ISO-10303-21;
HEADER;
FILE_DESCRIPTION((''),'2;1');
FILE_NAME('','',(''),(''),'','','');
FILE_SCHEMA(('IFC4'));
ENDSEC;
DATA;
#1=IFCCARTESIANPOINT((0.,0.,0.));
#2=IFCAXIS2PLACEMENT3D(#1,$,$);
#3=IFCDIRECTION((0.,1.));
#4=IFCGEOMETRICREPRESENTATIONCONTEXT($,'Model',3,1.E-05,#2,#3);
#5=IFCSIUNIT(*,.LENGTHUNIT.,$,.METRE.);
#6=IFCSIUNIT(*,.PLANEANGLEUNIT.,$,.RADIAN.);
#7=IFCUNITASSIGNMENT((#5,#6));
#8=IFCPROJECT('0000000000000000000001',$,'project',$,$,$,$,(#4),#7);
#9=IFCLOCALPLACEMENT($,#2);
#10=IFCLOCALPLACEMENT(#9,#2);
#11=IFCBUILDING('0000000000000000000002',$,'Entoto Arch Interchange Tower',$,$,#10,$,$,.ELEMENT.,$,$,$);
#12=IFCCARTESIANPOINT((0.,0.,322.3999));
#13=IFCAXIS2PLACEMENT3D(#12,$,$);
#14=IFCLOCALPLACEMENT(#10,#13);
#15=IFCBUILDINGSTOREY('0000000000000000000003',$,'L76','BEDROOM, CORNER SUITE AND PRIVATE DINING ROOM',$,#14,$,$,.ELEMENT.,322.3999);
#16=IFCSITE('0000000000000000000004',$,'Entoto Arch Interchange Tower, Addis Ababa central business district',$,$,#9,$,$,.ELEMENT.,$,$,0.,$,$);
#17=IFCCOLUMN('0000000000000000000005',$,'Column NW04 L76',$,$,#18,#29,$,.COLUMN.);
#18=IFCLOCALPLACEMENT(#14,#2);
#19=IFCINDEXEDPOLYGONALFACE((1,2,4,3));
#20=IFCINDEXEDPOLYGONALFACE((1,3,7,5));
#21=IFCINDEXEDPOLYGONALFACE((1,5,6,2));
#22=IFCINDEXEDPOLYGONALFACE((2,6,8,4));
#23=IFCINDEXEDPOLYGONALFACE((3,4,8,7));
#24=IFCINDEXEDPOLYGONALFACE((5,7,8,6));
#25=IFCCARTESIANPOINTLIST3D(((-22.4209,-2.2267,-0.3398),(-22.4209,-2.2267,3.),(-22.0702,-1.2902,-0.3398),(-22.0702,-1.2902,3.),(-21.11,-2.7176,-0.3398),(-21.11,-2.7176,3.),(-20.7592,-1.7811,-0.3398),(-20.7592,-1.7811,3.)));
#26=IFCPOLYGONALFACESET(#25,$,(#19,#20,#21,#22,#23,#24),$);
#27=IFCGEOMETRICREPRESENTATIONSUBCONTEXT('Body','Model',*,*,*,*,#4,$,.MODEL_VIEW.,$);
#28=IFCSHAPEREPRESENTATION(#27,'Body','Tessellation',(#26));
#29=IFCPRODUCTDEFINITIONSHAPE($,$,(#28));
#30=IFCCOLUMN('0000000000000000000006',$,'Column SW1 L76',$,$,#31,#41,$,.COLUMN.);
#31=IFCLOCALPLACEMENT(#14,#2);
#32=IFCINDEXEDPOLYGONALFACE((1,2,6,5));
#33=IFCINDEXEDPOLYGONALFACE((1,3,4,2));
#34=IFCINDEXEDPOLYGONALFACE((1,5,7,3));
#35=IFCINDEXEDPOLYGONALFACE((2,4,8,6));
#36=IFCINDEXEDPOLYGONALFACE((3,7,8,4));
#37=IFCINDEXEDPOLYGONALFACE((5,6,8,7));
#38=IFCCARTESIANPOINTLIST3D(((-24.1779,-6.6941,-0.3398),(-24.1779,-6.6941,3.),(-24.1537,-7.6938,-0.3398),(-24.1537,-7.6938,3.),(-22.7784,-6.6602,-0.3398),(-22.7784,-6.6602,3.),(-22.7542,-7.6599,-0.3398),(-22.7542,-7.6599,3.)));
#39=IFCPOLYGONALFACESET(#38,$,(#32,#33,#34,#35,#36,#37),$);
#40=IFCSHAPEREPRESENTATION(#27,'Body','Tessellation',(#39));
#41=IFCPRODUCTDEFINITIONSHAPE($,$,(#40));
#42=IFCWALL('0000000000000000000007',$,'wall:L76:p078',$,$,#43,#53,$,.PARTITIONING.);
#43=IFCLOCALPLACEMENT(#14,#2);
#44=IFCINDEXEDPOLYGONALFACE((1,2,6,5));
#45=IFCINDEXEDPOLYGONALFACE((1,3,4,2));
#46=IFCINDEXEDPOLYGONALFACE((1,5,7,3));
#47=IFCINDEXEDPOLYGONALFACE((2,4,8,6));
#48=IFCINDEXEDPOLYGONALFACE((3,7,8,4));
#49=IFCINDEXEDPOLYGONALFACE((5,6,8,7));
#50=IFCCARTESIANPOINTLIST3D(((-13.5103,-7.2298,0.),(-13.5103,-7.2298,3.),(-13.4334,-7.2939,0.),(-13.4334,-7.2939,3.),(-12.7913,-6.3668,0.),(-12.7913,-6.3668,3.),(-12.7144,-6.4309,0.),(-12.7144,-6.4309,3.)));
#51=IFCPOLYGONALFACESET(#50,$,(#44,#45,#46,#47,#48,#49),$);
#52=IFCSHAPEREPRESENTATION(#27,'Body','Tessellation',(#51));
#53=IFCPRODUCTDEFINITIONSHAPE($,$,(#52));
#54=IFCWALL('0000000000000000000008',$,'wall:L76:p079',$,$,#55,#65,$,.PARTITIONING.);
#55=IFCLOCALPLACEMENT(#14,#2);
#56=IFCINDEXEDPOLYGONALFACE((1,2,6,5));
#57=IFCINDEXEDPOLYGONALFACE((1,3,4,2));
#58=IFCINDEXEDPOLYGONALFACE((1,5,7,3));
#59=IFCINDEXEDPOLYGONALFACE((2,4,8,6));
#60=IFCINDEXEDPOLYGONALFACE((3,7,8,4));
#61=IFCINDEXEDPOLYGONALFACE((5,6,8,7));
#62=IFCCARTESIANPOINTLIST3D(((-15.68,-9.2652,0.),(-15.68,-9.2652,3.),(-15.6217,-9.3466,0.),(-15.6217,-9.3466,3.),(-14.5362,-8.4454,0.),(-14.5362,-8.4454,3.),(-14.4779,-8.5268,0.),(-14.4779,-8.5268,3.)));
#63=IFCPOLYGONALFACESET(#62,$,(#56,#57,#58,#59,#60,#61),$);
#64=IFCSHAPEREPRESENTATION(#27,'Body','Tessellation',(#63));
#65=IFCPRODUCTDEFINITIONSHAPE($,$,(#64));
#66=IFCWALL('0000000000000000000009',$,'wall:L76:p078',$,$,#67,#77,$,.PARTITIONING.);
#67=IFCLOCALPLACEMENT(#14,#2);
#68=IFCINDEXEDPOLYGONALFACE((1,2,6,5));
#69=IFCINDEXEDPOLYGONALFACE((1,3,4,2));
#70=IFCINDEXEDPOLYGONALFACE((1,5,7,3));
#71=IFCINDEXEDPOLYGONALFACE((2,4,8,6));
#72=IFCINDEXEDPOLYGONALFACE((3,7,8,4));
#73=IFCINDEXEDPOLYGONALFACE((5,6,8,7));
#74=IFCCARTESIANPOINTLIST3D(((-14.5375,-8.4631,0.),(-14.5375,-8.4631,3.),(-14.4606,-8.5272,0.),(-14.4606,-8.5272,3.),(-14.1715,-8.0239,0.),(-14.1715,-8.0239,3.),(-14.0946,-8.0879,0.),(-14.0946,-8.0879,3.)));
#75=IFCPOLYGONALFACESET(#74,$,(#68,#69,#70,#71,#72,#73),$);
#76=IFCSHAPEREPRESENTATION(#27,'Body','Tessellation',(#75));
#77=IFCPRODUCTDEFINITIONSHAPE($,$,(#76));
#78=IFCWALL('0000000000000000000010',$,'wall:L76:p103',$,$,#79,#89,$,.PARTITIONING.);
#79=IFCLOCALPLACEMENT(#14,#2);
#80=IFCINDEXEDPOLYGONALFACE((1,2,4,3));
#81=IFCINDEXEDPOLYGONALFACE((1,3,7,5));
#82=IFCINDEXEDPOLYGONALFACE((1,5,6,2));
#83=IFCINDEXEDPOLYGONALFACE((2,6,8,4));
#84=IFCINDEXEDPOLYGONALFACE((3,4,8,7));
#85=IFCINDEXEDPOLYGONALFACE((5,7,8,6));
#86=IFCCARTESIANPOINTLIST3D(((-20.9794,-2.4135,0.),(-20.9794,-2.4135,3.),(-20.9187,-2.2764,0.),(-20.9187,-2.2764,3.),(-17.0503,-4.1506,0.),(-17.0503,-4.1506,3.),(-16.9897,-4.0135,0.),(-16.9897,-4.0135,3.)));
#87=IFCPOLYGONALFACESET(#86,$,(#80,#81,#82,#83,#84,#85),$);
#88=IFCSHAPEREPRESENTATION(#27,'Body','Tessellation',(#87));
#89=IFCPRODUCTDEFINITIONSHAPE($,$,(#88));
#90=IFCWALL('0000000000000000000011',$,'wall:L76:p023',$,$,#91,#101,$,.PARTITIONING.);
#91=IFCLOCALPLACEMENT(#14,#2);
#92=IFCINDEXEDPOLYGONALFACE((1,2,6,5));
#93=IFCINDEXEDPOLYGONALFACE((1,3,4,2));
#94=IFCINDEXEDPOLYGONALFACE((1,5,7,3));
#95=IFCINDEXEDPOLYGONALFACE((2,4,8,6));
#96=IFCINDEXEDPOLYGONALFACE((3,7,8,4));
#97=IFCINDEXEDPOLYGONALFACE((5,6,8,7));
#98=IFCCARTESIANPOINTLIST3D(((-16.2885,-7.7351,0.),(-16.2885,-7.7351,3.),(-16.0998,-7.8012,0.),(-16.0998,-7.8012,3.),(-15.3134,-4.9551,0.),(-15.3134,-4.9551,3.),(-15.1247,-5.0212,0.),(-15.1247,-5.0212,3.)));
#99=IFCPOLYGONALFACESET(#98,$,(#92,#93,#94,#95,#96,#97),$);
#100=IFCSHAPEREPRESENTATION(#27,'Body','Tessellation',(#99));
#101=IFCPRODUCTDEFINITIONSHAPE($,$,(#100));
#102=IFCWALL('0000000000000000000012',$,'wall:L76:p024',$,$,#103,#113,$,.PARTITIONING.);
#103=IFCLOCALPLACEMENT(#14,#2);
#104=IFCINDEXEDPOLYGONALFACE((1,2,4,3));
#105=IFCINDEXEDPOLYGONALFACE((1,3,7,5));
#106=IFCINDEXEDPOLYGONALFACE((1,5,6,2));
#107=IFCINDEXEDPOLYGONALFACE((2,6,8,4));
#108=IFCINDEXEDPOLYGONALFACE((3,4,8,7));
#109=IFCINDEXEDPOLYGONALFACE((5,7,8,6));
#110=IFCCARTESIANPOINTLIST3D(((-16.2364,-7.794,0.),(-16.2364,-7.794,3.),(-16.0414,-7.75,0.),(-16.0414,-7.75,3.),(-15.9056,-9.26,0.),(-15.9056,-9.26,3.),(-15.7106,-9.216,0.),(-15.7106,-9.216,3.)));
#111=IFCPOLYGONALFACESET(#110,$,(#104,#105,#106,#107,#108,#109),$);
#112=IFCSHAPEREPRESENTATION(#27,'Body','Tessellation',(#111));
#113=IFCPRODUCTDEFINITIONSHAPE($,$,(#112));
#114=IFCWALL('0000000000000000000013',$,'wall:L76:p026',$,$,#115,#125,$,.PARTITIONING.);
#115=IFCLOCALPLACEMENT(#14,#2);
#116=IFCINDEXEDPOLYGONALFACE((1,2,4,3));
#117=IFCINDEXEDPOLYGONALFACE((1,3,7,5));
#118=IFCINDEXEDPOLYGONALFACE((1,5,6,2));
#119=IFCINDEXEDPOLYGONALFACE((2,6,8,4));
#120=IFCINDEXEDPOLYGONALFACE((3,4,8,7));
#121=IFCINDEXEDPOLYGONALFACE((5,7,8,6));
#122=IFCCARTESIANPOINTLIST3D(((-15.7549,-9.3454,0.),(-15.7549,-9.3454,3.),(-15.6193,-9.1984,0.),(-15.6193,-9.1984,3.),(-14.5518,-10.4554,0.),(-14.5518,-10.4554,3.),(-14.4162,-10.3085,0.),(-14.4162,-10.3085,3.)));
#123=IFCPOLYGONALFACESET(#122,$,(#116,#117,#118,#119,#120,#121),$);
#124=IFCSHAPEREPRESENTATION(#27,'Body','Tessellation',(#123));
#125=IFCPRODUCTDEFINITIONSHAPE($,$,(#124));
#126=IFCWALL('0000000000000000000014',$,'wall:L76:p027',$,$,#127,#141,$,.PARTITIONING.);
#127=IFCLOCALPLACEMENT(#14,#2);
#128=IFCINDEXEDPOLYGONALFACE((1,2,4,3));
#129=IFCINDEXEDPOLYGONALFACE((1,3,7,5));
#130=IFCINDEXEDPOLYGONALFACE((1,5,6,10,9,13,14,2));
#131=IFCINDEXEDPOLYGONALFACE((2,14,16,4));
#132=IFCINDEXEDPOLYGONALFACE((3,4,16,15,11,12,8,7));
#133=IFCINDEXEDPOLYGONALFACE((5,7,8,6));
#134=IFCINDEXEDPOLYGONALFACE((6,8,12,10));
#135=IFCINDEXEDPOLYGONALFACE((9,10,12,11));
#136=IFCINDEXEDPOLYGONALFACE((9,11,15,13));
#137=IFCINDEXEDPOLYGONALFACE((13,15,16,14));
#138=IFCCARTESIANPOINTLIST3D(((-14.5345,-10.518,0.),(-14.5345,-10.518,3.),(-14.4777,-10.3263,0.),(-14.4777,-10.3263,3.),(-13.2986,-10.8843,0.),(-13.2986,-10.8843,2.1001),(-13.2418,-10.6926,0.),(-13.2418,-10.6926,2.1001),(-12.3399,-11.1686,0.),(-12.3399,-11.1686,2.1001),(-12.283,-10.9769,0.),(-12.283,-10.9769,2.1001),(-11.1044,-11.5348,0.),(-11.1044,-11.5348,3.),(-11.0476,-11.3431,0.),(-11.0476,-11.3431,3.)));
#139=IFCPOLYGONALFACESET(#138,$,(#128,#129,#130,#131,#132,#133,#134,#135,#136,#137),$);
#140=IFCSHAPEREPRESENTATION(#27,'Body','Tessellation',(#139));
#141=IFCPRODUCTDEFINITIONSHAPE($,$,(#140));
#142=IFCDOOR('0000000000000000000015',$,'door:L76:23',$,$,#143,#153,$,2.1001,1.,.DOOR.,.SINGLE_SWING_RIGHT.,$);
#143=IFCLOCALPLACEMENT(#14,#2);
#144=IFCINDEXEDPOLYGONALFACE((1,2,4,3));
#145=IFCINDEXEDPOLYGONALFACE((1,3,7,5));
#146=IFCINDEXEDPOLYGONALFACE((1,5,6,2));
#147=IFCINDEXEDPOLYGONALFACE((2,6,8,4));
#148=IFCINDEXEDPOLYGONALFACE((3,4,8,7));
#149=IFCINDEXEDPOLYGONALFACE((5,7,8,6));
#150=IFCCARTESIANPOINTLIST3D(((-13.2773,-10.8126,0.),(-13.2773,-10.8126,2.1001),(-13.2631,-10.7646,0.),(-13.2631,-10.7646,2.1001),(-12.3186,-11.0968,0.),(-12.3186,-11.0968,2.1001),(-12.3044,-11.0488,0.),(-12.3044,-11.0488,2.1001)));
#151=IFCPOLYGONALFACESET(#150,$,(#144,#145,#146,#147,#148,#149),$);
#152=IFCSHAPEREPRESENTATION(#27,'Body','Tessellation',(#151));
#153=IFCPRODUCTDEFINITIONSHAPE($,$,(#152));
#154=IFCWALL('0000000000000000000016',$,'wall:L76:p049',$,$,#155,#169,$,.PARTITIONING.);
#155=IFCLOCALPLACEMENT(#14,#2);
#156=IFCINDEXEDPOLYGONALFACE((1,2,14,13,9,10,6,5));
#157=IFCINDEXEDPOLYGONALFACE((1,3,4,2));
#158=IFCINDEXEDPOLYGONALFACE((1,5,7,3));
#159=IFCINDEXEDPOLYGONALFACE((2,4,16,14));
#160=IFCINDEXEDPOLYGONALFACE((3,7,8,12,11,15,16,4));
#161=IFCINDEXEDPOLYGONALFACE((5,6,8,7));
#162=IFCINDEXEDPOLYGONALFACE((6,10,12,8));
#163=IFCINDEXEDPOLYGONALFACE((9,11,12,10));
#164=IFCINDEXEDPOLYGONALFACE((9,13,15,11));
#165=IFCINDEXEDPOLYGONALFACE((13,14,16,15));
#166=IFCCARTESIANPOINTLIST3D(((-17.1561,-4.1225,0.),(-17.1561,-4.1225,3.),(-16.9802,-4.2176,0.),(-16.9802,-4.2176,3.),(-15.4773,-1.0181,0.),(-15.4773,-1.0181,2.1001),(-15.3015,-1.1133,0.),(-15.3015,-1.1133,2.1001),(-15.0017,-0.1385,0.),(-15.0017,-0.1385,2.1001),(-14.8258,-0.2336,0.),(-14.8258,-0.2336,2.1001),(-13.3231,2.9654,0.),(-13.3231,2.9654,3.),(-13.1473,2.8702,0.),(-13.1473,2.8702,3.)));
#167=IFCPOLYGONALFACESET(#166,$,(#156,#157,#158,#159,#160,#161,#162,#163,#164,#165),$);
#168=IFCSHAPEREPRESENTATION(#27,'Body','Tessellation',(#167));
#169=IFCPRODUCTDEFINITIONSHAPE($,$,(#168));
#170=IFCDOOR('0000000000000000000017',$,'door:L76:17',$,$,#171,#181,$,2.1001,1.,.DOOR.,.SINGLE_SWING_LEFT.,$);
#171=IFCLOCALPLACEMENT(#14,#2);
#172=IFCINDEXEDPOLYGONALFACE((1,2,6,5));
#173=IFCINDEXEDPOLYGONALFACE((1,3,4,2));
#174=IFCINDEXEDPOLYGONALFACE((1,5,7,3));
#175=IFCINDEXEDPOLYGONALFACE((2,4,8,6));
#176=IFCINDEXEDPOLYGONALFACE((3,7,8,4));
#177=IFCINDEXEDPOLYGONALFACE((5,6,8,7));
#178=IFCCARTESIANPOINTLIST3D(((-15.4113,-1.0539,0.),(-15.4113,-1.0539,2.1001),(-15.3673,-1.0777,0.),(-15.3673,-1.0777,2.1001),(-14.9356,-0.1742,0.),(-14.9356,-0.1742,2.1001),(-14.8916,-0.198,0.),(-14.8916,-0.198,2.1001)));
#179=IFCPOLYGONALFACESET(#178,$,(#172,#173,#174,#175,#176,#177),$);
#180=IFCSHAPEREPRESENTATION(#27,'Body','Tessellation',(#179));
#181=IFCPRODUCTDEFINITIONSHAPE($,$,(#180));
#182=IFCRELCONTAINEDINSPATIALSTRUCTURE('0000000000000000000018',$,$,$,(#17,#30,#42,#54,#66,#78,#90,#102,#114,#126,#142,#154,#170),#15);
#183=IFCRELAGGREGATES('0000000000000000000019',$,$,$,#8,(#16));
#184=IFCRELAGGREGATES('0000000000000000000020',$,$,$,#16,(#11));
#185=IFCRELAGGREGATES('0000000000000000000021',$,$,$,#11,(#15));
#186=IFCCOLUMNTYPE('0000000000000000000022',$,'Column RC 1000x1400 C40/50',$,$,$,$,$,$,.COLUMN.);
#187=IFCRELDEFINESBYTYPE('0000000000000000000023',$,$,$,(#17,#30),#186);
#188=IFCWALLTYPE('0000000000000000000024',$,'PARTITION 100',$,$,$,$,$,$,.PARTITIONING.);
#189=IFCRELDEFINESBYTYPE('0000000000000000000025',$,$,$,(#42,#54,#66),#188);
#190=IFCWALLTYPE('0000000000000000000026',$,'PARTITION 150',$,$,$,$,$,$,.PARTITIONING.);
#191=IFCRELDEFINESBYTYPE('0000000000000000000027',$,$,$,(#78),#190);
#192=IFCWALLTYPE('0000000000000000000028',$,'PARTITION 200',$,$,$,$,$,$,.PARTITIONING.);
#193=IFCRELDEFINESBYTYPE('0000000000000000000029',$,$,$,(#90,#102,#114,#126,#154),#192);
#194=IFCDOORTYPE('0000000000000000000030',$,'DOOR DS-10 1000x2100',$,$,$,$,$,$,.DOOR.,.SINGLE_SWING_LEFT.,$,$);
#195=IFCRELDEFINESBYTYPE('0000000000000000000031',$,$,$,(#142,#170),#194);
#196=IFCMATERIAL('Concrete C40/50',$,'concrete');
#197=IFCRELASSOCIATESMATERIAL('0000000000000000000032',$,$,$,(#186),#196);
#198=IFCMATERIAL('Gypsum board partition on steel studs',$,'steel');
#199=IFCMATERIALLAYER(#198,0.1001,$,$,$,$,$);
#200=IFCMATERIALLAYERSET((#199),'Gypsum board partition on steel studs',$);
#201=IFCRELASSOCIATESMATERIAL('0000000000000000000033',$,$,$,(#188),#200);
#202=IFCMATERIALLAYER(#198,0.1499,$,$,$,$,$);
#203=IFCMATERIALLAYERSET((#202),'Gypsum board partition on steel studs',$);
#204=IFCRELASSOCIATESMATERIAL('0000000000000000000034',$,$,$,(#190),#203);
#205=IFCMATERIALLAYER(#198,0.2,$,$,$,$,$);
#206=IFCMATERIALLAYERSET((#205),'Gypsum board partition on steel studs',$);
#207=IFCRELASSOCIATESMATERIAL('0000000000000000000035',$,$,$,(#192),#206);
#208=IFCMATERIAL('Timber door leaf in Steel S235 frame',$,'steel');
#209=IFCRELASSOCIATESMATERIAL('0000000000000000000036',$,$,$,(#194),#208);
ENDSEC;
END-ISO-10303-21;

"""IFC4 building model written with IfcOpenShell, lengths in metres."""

from ifc_helpers import new_model, si_unit, direction, frame, frame_2d, origin, origin_2d, place, context, subcontext, project, spatial, rectangle, extrude, material, layer, layer_set, material_profile, profile_set, type_object, element, fill, save


model = new_model("IFC4")

# Units and contexts
model_context = context("Model", 3, precision=1e-05, world=origin(), true_north=direction((0.0, 1.0)))
body_context = subcontext(model_context, "Body", "Model", "MODEL_VIEW")
ifc_project = project(units=[si_unit("LENGTHUNIT", "METRE"), si_unit("PLANEANGLEUNIT", "RADIAN")], contexts=[model_context])

# Site, building, storey
site_placement = place(None, origin())
site = spatial("IfcSite", under=ifc_project, at=site_placement, Name="Entoto Arch Interchange Tower, Addis Ababa central business district", CompositionType="ELEMENT", RefElevation=0.0)
building_placement = place(site_placement, origin())
building = spatial("IfcBuilding", under=site, at=building_placement, Name="Entoto Arch Interchange Tower", CompositionType="ELEMENT")
storey_placement = place(building_placement, frame((0.0, 0.0, 322.3999)))
storey = spatial("IfcBuildingStorey", under=building, at=storey_placement, Name="L76", Description="BEDROOM, CORNER SUITE AND PRIVATE DINING ROOM", CompositionType="ELEMENT", Elevation=322.3999)

# Columns
ifc_material_1 = material(Name="Concrete C40/50", Category="concrete")
ifc_material_profile = material_profile(ifc_material_1, rectangle(XDim=1.0, YDim=1.3999, at=origin_2d()))
ifc_profile_set = profile_set([ifc_material_profile], Name="Concrete C40/50")
column_type = type_object("IfcColumnType", Name="Column RC 1000x1400 C40/50", PredefinedType="COLUMN", material=ifc_profile_set)
for number, where, z_axis, x_axis, name in (
    (1, (-21.5901, -2.0039, -0.3398), (0.0, 0.0, 1.0), (0.350714, 0.936483, 0.0), "Column NW04 L76"),
    (2, (-23.4661, -7.177, -0.3398), (0.0, 0.0, 1.0), (-0.024258, 0.999706, 0.0), "Column SW1 L76"),
):
    element("IfcColumn", number, at=place(storey_placement, frame(where, z_axis=z_axis, x_axis=x_axis)), inside=storey, type_object=column_type, Name=name, PredefinedType="COLUMN", context=body_context, shape_type="SweptSolid", body=[
        extrude(rectangle(XDim=1.0, YDim=1.3999, at=origin_2d()), origin(), (0.0, 0.0, 1.0), 3.3398),
    ])

# Walls
ifc_material_2 = material(Name="Gypsum board partition on steel studs", Category="steel")
ifc_layer_1 = layer(ifc_material_2, 0.1001)
ifc_layer_set_1 = layer_set([ifc_layer_1], Name="Gypsum board partition on steel studs")
wall_type_1 = type_object("IfcWallType", Name="PARTITION 100", PredefinedType="PARTITIONING", material=ifc_layer_set_1)
wall_1_placement = place(storey_placement, frame((-12.7529, -6.3989, 0.0), z_axis=(0.0, 0.0, 1.0), x_axis=(-0.640078, -0.76831, 0.0)))
element("IfcWall", 3, at=wall_1_placement, inside=storey, type_object=wall_type_1, Name="wall:L76:p078", PredefinedType="PARTITIONING", context=body_context, shape_type="SweptSolid", body=[
    extrude(rectangle(XDim=1.1233, YDim=0.1001, at=frame_2d((0.5615, 0.0))), origin(), (0.0, 0.0, 1.0), 3.0),
])
wall_2_placement = place(storey_placement, frame((-14.5071, -8.4861, 0.0), z_axis=(0.0, 0.0, 1.0), x_axis=(-0.812783, -0.582567, 0.0)))
element("IfcWall", 4, at=wall_2_placement, inside=storey, type_object=wall_type_1, Name="wall:L76:p079", PredefinedType="PARTITIONING", context=body_context, shape_type="SweptSolid", body=[
    extrude(rectangle(XDim=1.4072, YDim=0.1001, at=frame_2d((0.7036, 0.0))), origin(), (0.0, 0.0, 1.0), 3.0),
])
wall_3_placement = place(storey_placement, frame((-14.1331, -8.0559, 0.0), z_axis=(0.0, 0.0, 1.0), x_axis=(-0.640142, -0.768256, 0.0)))
element("IfcWall", 5, at=wall_3_placement, inside=storey, type_object=wall_type_1, Name="wall:L76:p078", PredefinedType="PARTITIONING", context=body_context, shape_type="SweptSolid", body=[
    extrude(rectangle(XDim=0.5718, YDim=0.1001, at=frame_2d((0.2859, 0.0))), origin(), (0.0, 0.0, 1.0), 3.0),
])
ifc_layer_2 = layer(ifc_material_2, 0.1499)
ifc_layer_set_2 = layer_set([ifc_layer_2], Name="Gypsum board partition on steel studs")
wall_type_2 = type_object("IfcWallType", Name="PARTITION 150", PredefinedType="PARTITIONING", material=ifc_layer_set_2)
wall_4_placement = place(storey_placement, frame((-17.02, -4.082, 0.0), z_axis=(0.0, 0.0, 1.0), x_axis=(-0.9146, 0.404361, 0.0)))
element("IfcWall", 6, at=wall_4_placement, inside=storey, type_object=wall_type_2, Name="wall:L76:p103", PredefinedType="PARTITIONING", context=body_context, shape_type="SweptSolid", body=[
    extrude(rectangle(XDim=4.2959, YDim=0.1499, at=frame_2d((2.1479, 0.0))), origin(), (0.0, 0.0, 1.0), 3.0),
])
ifc_layer_3 = layer(ifc_material_2, 0.2)
ifc_layer_set_3 = layer_set([ifc_layer_3], Name="Gypsum board partition on steel studs")
wall_type_3 = type_object("IfcWallType", Name="PARTITION 200", PredefinedType="PARTITIONING", material=ifc_layer_set_3)
wall_5_placement = place(storey_placement, frame((-15.219, -4.988, 0.0), z_axis=(0.0, 0.0, 1.0), x_axis=(-0.330982, -0.943637, 0.0)))
element("IfcWall", 7, at=wall_5_placement, inside=storey, type_object=wall_type_3, Name="wall:L76:p023", PredefinedType="PARTITIONING", context=body_context, shape_type="SweptSolid", body=[
    extrude(rectangle(XDim=2.946, YDim=0.2, at=frame_2d((1.4731, 0.0))), origin(), (0.0, 0.0, 1.0), 3.0),
])
wall_6_placement = place(storey_placement, frame((-16.1389, -7.772, 0.0), z_axis=(0.0, 0.0, 1.0), x_axis=(0.220111, -0.975475, 0.0)))
element("IfcWall", 8, at=wall_6_placement, inside=storey, type_object=wall_type_3, Name="wall:L76:p024", PredefinedType="PARTITIONING", context=body_context, shape_type="SweptSolid", body=[
    extrude(rectangle(XDim=1.5029, YDim=0.2, at=frame_2d((0.7515, 0.0))), origin(), (0.0, 0.0, 1.0), 3.0),
])
wall_7_placement = place(storey_placement, frame((-15.687, -9.272, 0.0), z_axis=(0.0, 0.0, 1.0), x_axis=(0.734946, -0.678125, 0.0)))
element("IfcWall", 9, at=wall_7_placement, inside=storey, type_object=wall_type_3, Name="wall:L76:p026", PredefinedType="PARTITIONING", context=body_context, shape_type="SweptSolid", body=[
    extrude(rectangle(XDim=1.637, YDim=0.2, at=frame_2d((0.8184, 0.0))), origin(), (0.0, 0.0, 1.0), 3.0),
])

# Walls, openings, doors
wall_8_placement = place(storey_placement, frame((-14.5061, -10.4221, 0.0), z_axis=(0.0, 0.0, 1.0), x_axis=(0.95876, -0.284216, 0.0)))
wall_8 = element("IfcWall", 10, at=wall_8_placement, inside=storey, type_object=wall_type_3, Name="wall:L76:p027", PredefinedType="PARTITIONING", context=body_context, shape_type="SweptSolid", body=[
    extrude(rectangle(XDim=3.5776, YDim=0.2, at=frame_2d((1.7888, 0.0))), origin(), (0.0, 0.0, 1.0), 3.0),
])
opening_1_placement = place(wall_8_placement, frame((1.2891, 0.0, 0.0)))
opening_1 = element("IfcOpeningElement", 11, at=opening_1_placement, cuts=wall_8, PredefinedType="OPENING", context=body_context, shape_type="SweptSolid", body=[
    extrude(rectangle(XDim=1.0, YDim=2.1001, at=frame_2d((0.5, 1.05))), frame((0.0, 0.1099, 0.0), z_axis=(0.0, -1.0, 0.0), x_axis=(1.0, 0.0, 0.0)), (0.0, 0.0, 1.0), 0.22),
])
ifc_material_3 = material(Name="Timber door leaf in Steel S235 frame", Category="steel")
door_type_1 = type_object("IfcDoorType", Name="DOOR DS-10 1000x2100", OperationType="SINGLE_SWING_LEFT", PredefinedType="DOOR", material=ifc_material_3)
door_1_placement = place(opening_1_placement, origin())
door_1 = element("IfcDoor", 12, at=door_1_placement, inside=storey, type_object=door_type_1, Name="door:L76:23", OperationType="SINGLE_SWING_RIGHT", OverallHeight=2.1001, OverallWidth=1.0, PredefinedType="DOOR", context=body_context, shape_type="SweptSolid", body=[
    extrude(rectangle(XDim=1.0, YDim=2.1001, at=frame_2d((0.5, 1.05))), frame((0.0, 0.0249, 0.0), z_axis=(0.0, -1.0, 0.0), x_axis=(1.0, 0.0, 0.0)), (0.0, 0.0, 1.0), 0.05),
])
fill(opening_1, door_1)
wall_9_placement = place(storey_placement, frame((-17.0681, -4.1699, 0.0), z_axis=(0.0, 0.0, 1.0), x_axis=(0.475682, 0.879617, 0.0)))
wall_9 = element("IfcWall", 13, at=wall_9_placement, inside=storey, type_object=wall_type_3, Name="wall:L76:p049", PredefinedType="PARTITIONING", context=body_context, shape_type="SweptSolid", body=[
    extrude(rectangle(XDim=8.0579, YDim=0.2, at=frame_2d((4.0288, 0.0))), origin(), (0.0, 0.0, 1.0), 3.0),
])
opening_2_placement = place(wall_9_placement, frame((3.5291, 0.0, 0.0)))
opening_2 = element("IfcOpeningElement", 14, at=opening_2_placement, cuts=wall_9, PredefinedType="OPENING", context=body_context, shape_type="SweptSolid", body=[
    extrude(rectangle(XDim=1.0, YDim=2.1001, at=frame_2d((0.5, 1.05))), frame((0.0, 0.1099, 0.0), z_axis=(0.0, -1.0, 0.0), x_axis=(1.0, 0.0, 0.0)), (0.0, 0.0, 1.0), 0.22),
])
door_2_placement = place(opening_2_placement, origin())
door_2 = element("IfcDoor", 15, at=door_2_placement, inside=storey, type_object=door_type_1, Name="door:L76:17", OperationType="SINGLE_SWING_LEFT", OverallHeight=2.1001, OverallWidth=1.0, PredefinedType="DOOR", context=body_context, shape_type="SweptSolid", body=[
    extrude(rectangle(XDim=1.0, YDim=2.1001, at=frame_2d((0.5, 1.05))), frame((0.0, 0.0249, 0.0), z_axis=(0.0, -1.0, 0.0), x_axis=(1.0, 0.0, 0.0)), (0.0, 0.0, 1.0), 0.05),
])
fill(opening_2, door_2)

save(model, "model.ifc")
